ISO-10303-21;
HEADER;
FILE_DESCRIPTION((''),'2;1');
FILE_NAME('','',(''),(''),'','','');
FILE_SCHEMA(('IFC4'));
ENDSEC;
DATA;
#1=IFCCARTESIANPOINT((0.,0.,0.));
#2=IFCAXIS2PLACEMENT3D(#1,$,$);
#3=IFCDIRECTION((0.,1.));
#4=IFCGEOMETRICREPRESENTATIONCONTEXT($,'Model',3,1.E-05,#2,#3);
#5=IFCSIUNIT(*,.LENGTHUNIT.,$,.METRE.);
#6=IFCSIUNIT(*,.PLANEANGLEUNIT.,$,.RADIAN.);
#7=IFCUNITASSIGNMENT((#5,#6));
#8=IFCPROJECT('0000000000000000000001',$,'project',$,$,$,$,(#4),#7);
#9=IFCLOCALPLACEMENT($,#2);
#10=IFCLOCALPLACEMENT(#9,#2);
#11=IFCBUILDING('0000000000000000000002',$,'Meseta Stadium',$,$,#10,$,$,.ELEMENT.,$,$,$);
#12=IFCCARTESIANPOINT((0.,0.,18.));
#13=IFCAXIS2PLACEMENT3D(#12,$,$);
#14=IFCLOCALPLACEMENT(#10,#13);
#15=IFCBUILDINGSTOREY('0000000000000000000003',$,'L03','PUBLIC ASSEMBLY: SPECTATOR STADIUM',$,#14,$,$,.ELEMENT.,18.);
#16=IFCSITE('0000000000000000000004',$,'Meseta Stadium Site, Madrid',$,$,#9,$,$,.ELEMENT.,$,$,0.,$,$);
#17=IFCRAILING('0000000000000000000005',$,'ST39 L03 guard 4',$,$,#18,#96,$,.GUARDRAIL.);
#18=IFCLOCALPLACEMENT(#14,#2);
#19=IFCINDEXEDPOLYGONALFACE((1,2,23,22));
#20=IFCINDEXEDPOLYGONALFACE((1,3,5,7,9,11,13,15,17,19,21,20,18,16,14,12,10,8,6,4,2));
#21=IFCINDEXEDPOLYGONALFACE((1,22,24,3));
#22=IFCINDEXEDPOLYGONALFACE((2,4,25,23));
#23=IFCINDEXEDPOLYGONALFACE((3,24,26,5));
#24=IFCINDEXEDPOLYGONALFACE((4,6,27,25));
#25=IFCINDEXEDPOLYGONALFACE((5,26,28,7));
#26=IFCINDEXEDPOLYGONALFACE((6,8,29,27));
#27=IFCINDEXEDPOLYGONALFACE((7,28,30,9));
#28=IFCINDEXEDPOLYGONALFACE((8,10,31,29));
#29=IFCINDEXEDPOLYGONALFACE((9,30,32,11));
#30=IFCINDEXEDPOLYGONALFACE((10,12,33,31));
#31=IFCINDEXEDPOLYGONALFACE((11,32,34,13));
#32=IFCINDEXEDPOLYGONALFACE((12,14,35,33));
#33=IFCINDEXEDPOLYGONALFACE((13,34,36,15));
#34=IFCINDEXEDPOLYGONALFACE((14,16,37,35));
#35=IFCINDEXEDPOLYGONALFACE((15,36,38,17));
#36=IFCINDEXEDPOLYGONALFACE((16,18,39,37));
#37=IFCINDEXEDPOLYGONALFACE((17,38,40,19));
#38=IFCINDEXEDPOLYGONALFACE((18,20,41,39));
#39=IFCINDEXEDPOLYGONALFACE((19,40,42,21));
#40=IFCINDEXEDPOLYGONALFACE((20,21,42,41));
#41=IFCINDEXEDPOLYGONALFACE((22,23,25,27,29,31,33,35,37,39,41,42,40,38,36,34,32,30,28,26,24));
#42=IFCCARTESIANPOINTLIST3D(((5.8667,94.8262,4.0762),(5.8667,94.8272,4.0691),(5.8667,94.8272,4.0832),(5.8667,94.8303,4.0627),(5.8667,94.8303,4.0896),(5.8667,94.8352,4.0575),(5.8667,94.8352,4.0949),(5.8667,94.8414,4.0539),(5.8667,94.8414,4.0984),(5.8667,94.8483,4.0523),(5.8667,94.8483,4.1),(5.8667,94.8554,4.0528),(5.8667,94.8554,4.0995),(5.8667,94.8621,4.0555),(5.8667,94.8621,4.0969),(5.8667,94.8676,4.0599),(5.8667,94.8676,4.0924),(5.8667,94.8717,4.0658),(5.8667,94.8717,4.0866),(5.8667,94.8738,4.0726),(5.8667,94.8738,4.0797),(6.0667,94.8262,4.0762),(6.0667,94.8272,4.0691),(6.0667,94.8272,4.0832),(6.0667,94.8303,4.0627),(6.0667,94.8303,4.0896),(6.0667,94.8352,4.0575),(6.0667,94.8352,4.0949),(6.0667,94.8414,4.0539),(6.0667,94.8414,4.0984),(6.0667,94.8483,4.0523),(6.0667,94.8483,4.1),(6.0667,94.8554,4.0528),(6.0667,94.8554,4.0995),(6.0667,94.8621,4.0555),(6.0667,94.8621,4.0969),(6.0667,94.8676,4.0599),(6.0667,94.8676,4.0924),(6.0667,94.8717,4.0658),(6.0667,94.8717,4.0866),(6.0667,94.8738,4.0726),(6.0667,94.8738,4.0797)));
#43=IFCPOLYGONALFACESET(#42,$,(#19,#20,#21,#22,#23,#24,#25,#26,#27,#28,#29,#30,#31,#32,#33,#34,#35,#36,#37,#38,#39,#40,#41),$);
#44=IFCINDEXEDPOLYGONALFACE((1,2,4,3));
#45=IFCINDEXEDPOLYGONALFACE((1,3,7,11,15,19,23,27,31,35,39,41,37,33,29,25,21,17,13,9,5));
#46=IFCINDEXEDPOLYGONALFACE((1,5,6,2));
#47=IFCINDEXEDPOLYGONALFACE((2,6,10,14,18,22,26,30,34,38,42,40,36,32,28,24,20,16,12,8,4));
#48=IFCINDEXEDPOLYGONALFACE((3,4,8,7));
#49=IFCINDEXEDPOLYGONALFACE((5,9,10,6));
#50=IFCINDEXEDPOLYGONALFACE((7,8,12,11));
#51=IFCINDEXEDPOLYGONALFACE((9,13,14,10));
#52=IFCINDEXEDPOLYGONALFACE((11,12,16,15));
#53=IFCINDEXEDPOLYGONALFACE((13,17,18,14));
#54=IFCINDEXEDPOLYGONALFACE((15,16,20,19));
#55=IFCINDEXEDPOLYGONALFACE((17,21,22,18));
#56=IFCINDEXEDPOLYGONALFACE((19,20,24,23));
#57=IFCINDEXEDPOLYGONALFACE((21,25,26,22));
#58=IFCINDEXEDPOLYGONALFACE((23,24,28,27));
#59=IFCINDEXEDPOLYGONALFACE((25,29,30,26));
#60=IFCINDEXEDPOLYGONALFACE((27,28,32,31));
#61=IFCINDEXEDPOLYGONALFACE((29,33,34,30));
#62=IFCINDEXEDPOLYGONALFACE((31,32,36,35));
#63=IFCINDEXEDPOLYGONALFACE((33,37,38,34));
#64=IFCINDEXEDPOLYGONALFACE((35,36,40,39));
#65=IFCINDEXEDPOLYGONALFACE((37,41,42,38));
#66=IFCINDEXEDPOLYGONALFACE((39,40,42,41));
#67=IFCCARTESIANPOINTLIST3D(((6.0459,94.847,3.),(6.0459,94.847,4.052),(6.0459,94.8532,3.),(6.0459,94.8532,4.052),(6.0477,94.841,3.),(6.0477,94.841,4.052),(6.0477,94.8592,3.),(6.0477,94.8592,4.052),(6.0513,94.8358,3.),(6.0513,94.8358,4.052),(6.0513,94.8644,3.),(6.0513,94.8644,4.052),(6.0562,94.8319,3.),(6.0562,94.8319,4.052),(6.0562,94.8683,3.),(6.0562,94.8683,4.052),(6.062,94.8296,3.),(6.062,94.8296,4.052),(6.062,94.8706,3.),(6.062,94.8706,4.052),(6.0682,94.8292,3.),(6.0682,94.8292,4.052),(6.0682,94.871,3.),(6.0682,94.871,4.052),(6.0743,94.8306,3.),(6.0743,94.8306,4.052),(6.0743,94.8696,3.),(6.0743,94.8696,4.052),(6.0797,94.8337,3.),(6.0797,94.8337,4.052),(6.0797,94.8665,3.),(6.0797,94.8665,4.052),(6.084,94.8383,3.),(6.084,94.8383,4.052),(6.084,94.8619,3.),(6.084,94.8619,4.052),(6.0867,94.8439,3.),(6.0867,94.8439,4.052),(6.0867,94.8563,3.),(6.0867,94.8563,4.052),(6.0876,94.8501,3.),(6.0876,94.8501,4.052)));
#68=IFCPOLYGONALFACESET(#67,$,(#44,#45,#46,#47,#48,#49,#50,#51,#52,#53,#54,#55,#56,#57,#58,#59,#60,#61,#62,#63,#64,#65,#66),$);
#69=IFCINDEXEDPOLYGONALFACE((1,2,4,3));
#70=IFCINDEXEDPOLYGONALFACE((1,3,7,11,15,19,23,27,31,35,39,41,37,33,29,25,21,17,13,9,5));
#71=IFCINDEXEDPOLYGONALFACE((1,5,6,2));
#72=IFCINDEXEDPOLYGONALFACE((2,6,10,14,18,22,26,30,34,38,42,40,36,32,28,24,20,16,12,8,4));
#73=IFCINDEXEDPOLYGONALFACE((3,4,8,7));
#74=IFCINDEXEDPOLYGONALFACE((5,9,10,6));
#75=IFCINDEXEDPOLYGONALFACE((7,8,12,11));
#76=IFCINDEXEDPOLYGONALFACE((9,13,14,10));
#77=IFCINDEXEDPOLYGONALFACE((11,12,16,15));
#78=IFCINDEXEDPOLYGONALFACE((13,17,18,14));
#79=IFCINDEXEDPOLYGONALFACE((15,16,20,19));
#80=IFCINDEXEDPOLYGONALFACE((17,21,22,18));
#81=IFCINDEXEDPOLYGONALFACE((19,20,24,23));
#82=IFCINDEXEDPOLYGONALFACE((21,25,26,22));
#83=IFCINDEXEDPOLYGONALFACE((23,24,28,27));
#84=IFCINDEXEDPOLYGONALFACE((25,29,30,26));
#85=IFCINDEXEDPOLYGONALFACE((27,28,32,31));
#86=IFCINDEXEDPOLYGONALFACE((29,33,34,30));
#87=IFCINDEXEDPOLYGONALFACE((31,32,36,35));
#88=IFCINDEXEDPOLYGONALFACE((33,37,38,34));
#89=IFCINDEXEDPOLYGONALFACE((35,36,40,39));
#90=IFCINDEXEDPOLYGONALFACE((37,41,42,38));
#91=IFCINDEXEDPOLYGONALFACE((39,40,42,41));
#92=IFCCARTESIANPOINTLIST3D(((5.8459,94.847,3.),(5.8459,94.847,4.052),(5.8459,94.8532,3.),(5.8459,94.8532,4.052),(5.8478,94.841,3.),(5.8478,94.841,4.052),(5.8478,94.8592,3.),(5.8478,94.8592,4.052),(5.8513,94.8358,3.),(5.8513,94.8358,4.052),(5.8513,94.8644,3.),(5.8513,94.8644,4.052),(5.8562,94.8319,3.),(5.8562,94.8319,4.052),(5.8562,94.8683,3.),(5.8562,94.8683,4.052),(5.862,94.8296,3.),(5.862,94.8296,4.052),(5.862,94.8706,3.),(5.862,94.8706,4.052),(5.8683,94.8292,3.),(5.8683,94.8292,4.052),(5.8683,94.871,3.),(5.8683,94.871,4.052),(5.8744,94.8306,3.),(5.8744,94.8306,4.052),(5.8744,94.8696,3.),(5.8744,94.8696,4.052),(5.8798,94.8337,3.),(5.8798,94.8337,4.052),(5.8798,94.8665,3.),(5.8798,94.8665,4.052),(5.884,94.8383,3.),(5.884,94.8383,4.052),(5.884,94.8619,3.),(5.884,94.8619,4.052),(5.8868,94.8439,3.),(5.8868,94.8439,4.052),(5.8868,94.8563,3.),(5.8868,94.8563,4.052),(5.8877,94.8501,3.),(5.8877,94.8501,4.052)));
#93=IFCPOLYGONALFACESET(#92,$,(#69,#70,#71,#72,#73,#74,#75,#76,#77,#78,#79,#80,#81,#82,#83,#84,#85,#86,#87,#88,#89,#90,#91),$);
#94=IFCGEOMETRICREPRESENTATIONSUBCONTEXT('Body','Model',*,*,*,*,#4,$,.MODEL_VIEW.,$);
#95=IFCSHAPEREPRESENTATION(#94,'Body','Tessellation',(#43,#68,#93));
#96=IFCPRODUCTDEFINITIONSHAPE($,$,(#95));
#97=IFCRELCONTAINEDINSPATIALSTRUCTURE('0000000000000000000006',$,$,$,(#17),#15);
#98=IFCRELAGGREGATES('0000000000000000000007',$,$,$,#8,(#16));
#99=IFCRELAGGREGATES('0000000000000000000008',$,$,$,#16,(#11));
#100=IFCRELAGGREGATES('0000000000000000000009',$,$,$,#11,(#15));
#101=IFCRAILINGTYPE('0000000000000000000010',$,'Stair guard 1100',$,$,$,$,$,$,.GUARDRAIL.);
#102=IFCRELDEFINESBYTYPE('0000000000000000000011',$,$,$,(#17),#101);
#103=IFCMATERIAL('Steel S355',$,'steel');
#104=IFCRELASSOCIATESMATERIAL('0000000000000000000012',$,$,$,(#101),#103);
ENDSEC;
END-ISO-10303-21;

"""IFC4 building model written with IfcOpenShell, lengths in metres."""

from ifc_helpers import new_model, si_unit, direction, frame, origin, origin_2d, place, context, subcontext, project, spatial, circle, extrude, material, type_object, element, save


model = new_model("IFC4")

# Units and contexts
model_context = context("Model", 3, precision=1e-05, world=origin(), true_north=direction((0.0, 1.0)))
body_context = subcontext(model_context, "Body", "Model", "MODEL_VIEW")
ifc_project = project(units=[si_unit("LENGTHUNIT", "METRE"), si_unit("PLANEANGLEUNIT", "RADIAN")], contexts=[model_context])

# Site, building, storey
site_placement = place(None, origin())
site = spatial("IfcSite", under=ifc_project, at=site_placement, Name="Meseta Stadium Site, Madrid", CompositionType="ELEMENT", RefElevation=0.0)
building_placement = place(site_placement, origin())
building = spatial("IfcBuilding", under=site, at=building_placement, Name="Meseta Stadium", CompositionType="ELEMENT")
storey_placement = place(building_placement, frame((0.0, 0.0, 18.0)))
storey = spatial("IfcBuildingStorey", under=building, at=storey_placement, Name="L03", Description="PUBLIC ASSEMBLY: SPECTATOR STADIUM", CompositionType="ELEMENT", Elevation=18.0)

# Railing
ifc_material_1 = material(Name="Steel S355", Category="steel")
railing_type_1 = type_object("IfcRailingType", Name="Stair guard 1100", PredefinedType="GUARDRAIL", material=ifc_material_1)
railing_1_placement = place(storey_placement, frame((6.0667, 94.8501, 3.0)))
element("IfcRailing", 1, at=railing_1_placement, inside=storey, type_object=railing_type_1, Name="ST39 L03 guard 4", PredefinedType="GUARDRAIL", context=body_context, shape_type="SweptSolid", body=[
    extrude(circle(Radius=0.0239, at=origin_2d()), frame((0.0, 0.0, 1.0762), z_axis=(-1.0, 0.0, 0.0), x_axis=(0.0, -1.0, 0.0)), (0.0, 0.0, 1.0), 0.2),
    extrude(circle(Radius=0.021, at=origin_2d()), origin(), (0.0, 0.0, 1.0), 1.052),
    extrude(circle(Radius=0.021, at=origin_2d()), frame((-0.2, 0.0, 0.0)), (0.0, 0.0, 1.0), 1.052),
])

save(model, "model.ifc")
